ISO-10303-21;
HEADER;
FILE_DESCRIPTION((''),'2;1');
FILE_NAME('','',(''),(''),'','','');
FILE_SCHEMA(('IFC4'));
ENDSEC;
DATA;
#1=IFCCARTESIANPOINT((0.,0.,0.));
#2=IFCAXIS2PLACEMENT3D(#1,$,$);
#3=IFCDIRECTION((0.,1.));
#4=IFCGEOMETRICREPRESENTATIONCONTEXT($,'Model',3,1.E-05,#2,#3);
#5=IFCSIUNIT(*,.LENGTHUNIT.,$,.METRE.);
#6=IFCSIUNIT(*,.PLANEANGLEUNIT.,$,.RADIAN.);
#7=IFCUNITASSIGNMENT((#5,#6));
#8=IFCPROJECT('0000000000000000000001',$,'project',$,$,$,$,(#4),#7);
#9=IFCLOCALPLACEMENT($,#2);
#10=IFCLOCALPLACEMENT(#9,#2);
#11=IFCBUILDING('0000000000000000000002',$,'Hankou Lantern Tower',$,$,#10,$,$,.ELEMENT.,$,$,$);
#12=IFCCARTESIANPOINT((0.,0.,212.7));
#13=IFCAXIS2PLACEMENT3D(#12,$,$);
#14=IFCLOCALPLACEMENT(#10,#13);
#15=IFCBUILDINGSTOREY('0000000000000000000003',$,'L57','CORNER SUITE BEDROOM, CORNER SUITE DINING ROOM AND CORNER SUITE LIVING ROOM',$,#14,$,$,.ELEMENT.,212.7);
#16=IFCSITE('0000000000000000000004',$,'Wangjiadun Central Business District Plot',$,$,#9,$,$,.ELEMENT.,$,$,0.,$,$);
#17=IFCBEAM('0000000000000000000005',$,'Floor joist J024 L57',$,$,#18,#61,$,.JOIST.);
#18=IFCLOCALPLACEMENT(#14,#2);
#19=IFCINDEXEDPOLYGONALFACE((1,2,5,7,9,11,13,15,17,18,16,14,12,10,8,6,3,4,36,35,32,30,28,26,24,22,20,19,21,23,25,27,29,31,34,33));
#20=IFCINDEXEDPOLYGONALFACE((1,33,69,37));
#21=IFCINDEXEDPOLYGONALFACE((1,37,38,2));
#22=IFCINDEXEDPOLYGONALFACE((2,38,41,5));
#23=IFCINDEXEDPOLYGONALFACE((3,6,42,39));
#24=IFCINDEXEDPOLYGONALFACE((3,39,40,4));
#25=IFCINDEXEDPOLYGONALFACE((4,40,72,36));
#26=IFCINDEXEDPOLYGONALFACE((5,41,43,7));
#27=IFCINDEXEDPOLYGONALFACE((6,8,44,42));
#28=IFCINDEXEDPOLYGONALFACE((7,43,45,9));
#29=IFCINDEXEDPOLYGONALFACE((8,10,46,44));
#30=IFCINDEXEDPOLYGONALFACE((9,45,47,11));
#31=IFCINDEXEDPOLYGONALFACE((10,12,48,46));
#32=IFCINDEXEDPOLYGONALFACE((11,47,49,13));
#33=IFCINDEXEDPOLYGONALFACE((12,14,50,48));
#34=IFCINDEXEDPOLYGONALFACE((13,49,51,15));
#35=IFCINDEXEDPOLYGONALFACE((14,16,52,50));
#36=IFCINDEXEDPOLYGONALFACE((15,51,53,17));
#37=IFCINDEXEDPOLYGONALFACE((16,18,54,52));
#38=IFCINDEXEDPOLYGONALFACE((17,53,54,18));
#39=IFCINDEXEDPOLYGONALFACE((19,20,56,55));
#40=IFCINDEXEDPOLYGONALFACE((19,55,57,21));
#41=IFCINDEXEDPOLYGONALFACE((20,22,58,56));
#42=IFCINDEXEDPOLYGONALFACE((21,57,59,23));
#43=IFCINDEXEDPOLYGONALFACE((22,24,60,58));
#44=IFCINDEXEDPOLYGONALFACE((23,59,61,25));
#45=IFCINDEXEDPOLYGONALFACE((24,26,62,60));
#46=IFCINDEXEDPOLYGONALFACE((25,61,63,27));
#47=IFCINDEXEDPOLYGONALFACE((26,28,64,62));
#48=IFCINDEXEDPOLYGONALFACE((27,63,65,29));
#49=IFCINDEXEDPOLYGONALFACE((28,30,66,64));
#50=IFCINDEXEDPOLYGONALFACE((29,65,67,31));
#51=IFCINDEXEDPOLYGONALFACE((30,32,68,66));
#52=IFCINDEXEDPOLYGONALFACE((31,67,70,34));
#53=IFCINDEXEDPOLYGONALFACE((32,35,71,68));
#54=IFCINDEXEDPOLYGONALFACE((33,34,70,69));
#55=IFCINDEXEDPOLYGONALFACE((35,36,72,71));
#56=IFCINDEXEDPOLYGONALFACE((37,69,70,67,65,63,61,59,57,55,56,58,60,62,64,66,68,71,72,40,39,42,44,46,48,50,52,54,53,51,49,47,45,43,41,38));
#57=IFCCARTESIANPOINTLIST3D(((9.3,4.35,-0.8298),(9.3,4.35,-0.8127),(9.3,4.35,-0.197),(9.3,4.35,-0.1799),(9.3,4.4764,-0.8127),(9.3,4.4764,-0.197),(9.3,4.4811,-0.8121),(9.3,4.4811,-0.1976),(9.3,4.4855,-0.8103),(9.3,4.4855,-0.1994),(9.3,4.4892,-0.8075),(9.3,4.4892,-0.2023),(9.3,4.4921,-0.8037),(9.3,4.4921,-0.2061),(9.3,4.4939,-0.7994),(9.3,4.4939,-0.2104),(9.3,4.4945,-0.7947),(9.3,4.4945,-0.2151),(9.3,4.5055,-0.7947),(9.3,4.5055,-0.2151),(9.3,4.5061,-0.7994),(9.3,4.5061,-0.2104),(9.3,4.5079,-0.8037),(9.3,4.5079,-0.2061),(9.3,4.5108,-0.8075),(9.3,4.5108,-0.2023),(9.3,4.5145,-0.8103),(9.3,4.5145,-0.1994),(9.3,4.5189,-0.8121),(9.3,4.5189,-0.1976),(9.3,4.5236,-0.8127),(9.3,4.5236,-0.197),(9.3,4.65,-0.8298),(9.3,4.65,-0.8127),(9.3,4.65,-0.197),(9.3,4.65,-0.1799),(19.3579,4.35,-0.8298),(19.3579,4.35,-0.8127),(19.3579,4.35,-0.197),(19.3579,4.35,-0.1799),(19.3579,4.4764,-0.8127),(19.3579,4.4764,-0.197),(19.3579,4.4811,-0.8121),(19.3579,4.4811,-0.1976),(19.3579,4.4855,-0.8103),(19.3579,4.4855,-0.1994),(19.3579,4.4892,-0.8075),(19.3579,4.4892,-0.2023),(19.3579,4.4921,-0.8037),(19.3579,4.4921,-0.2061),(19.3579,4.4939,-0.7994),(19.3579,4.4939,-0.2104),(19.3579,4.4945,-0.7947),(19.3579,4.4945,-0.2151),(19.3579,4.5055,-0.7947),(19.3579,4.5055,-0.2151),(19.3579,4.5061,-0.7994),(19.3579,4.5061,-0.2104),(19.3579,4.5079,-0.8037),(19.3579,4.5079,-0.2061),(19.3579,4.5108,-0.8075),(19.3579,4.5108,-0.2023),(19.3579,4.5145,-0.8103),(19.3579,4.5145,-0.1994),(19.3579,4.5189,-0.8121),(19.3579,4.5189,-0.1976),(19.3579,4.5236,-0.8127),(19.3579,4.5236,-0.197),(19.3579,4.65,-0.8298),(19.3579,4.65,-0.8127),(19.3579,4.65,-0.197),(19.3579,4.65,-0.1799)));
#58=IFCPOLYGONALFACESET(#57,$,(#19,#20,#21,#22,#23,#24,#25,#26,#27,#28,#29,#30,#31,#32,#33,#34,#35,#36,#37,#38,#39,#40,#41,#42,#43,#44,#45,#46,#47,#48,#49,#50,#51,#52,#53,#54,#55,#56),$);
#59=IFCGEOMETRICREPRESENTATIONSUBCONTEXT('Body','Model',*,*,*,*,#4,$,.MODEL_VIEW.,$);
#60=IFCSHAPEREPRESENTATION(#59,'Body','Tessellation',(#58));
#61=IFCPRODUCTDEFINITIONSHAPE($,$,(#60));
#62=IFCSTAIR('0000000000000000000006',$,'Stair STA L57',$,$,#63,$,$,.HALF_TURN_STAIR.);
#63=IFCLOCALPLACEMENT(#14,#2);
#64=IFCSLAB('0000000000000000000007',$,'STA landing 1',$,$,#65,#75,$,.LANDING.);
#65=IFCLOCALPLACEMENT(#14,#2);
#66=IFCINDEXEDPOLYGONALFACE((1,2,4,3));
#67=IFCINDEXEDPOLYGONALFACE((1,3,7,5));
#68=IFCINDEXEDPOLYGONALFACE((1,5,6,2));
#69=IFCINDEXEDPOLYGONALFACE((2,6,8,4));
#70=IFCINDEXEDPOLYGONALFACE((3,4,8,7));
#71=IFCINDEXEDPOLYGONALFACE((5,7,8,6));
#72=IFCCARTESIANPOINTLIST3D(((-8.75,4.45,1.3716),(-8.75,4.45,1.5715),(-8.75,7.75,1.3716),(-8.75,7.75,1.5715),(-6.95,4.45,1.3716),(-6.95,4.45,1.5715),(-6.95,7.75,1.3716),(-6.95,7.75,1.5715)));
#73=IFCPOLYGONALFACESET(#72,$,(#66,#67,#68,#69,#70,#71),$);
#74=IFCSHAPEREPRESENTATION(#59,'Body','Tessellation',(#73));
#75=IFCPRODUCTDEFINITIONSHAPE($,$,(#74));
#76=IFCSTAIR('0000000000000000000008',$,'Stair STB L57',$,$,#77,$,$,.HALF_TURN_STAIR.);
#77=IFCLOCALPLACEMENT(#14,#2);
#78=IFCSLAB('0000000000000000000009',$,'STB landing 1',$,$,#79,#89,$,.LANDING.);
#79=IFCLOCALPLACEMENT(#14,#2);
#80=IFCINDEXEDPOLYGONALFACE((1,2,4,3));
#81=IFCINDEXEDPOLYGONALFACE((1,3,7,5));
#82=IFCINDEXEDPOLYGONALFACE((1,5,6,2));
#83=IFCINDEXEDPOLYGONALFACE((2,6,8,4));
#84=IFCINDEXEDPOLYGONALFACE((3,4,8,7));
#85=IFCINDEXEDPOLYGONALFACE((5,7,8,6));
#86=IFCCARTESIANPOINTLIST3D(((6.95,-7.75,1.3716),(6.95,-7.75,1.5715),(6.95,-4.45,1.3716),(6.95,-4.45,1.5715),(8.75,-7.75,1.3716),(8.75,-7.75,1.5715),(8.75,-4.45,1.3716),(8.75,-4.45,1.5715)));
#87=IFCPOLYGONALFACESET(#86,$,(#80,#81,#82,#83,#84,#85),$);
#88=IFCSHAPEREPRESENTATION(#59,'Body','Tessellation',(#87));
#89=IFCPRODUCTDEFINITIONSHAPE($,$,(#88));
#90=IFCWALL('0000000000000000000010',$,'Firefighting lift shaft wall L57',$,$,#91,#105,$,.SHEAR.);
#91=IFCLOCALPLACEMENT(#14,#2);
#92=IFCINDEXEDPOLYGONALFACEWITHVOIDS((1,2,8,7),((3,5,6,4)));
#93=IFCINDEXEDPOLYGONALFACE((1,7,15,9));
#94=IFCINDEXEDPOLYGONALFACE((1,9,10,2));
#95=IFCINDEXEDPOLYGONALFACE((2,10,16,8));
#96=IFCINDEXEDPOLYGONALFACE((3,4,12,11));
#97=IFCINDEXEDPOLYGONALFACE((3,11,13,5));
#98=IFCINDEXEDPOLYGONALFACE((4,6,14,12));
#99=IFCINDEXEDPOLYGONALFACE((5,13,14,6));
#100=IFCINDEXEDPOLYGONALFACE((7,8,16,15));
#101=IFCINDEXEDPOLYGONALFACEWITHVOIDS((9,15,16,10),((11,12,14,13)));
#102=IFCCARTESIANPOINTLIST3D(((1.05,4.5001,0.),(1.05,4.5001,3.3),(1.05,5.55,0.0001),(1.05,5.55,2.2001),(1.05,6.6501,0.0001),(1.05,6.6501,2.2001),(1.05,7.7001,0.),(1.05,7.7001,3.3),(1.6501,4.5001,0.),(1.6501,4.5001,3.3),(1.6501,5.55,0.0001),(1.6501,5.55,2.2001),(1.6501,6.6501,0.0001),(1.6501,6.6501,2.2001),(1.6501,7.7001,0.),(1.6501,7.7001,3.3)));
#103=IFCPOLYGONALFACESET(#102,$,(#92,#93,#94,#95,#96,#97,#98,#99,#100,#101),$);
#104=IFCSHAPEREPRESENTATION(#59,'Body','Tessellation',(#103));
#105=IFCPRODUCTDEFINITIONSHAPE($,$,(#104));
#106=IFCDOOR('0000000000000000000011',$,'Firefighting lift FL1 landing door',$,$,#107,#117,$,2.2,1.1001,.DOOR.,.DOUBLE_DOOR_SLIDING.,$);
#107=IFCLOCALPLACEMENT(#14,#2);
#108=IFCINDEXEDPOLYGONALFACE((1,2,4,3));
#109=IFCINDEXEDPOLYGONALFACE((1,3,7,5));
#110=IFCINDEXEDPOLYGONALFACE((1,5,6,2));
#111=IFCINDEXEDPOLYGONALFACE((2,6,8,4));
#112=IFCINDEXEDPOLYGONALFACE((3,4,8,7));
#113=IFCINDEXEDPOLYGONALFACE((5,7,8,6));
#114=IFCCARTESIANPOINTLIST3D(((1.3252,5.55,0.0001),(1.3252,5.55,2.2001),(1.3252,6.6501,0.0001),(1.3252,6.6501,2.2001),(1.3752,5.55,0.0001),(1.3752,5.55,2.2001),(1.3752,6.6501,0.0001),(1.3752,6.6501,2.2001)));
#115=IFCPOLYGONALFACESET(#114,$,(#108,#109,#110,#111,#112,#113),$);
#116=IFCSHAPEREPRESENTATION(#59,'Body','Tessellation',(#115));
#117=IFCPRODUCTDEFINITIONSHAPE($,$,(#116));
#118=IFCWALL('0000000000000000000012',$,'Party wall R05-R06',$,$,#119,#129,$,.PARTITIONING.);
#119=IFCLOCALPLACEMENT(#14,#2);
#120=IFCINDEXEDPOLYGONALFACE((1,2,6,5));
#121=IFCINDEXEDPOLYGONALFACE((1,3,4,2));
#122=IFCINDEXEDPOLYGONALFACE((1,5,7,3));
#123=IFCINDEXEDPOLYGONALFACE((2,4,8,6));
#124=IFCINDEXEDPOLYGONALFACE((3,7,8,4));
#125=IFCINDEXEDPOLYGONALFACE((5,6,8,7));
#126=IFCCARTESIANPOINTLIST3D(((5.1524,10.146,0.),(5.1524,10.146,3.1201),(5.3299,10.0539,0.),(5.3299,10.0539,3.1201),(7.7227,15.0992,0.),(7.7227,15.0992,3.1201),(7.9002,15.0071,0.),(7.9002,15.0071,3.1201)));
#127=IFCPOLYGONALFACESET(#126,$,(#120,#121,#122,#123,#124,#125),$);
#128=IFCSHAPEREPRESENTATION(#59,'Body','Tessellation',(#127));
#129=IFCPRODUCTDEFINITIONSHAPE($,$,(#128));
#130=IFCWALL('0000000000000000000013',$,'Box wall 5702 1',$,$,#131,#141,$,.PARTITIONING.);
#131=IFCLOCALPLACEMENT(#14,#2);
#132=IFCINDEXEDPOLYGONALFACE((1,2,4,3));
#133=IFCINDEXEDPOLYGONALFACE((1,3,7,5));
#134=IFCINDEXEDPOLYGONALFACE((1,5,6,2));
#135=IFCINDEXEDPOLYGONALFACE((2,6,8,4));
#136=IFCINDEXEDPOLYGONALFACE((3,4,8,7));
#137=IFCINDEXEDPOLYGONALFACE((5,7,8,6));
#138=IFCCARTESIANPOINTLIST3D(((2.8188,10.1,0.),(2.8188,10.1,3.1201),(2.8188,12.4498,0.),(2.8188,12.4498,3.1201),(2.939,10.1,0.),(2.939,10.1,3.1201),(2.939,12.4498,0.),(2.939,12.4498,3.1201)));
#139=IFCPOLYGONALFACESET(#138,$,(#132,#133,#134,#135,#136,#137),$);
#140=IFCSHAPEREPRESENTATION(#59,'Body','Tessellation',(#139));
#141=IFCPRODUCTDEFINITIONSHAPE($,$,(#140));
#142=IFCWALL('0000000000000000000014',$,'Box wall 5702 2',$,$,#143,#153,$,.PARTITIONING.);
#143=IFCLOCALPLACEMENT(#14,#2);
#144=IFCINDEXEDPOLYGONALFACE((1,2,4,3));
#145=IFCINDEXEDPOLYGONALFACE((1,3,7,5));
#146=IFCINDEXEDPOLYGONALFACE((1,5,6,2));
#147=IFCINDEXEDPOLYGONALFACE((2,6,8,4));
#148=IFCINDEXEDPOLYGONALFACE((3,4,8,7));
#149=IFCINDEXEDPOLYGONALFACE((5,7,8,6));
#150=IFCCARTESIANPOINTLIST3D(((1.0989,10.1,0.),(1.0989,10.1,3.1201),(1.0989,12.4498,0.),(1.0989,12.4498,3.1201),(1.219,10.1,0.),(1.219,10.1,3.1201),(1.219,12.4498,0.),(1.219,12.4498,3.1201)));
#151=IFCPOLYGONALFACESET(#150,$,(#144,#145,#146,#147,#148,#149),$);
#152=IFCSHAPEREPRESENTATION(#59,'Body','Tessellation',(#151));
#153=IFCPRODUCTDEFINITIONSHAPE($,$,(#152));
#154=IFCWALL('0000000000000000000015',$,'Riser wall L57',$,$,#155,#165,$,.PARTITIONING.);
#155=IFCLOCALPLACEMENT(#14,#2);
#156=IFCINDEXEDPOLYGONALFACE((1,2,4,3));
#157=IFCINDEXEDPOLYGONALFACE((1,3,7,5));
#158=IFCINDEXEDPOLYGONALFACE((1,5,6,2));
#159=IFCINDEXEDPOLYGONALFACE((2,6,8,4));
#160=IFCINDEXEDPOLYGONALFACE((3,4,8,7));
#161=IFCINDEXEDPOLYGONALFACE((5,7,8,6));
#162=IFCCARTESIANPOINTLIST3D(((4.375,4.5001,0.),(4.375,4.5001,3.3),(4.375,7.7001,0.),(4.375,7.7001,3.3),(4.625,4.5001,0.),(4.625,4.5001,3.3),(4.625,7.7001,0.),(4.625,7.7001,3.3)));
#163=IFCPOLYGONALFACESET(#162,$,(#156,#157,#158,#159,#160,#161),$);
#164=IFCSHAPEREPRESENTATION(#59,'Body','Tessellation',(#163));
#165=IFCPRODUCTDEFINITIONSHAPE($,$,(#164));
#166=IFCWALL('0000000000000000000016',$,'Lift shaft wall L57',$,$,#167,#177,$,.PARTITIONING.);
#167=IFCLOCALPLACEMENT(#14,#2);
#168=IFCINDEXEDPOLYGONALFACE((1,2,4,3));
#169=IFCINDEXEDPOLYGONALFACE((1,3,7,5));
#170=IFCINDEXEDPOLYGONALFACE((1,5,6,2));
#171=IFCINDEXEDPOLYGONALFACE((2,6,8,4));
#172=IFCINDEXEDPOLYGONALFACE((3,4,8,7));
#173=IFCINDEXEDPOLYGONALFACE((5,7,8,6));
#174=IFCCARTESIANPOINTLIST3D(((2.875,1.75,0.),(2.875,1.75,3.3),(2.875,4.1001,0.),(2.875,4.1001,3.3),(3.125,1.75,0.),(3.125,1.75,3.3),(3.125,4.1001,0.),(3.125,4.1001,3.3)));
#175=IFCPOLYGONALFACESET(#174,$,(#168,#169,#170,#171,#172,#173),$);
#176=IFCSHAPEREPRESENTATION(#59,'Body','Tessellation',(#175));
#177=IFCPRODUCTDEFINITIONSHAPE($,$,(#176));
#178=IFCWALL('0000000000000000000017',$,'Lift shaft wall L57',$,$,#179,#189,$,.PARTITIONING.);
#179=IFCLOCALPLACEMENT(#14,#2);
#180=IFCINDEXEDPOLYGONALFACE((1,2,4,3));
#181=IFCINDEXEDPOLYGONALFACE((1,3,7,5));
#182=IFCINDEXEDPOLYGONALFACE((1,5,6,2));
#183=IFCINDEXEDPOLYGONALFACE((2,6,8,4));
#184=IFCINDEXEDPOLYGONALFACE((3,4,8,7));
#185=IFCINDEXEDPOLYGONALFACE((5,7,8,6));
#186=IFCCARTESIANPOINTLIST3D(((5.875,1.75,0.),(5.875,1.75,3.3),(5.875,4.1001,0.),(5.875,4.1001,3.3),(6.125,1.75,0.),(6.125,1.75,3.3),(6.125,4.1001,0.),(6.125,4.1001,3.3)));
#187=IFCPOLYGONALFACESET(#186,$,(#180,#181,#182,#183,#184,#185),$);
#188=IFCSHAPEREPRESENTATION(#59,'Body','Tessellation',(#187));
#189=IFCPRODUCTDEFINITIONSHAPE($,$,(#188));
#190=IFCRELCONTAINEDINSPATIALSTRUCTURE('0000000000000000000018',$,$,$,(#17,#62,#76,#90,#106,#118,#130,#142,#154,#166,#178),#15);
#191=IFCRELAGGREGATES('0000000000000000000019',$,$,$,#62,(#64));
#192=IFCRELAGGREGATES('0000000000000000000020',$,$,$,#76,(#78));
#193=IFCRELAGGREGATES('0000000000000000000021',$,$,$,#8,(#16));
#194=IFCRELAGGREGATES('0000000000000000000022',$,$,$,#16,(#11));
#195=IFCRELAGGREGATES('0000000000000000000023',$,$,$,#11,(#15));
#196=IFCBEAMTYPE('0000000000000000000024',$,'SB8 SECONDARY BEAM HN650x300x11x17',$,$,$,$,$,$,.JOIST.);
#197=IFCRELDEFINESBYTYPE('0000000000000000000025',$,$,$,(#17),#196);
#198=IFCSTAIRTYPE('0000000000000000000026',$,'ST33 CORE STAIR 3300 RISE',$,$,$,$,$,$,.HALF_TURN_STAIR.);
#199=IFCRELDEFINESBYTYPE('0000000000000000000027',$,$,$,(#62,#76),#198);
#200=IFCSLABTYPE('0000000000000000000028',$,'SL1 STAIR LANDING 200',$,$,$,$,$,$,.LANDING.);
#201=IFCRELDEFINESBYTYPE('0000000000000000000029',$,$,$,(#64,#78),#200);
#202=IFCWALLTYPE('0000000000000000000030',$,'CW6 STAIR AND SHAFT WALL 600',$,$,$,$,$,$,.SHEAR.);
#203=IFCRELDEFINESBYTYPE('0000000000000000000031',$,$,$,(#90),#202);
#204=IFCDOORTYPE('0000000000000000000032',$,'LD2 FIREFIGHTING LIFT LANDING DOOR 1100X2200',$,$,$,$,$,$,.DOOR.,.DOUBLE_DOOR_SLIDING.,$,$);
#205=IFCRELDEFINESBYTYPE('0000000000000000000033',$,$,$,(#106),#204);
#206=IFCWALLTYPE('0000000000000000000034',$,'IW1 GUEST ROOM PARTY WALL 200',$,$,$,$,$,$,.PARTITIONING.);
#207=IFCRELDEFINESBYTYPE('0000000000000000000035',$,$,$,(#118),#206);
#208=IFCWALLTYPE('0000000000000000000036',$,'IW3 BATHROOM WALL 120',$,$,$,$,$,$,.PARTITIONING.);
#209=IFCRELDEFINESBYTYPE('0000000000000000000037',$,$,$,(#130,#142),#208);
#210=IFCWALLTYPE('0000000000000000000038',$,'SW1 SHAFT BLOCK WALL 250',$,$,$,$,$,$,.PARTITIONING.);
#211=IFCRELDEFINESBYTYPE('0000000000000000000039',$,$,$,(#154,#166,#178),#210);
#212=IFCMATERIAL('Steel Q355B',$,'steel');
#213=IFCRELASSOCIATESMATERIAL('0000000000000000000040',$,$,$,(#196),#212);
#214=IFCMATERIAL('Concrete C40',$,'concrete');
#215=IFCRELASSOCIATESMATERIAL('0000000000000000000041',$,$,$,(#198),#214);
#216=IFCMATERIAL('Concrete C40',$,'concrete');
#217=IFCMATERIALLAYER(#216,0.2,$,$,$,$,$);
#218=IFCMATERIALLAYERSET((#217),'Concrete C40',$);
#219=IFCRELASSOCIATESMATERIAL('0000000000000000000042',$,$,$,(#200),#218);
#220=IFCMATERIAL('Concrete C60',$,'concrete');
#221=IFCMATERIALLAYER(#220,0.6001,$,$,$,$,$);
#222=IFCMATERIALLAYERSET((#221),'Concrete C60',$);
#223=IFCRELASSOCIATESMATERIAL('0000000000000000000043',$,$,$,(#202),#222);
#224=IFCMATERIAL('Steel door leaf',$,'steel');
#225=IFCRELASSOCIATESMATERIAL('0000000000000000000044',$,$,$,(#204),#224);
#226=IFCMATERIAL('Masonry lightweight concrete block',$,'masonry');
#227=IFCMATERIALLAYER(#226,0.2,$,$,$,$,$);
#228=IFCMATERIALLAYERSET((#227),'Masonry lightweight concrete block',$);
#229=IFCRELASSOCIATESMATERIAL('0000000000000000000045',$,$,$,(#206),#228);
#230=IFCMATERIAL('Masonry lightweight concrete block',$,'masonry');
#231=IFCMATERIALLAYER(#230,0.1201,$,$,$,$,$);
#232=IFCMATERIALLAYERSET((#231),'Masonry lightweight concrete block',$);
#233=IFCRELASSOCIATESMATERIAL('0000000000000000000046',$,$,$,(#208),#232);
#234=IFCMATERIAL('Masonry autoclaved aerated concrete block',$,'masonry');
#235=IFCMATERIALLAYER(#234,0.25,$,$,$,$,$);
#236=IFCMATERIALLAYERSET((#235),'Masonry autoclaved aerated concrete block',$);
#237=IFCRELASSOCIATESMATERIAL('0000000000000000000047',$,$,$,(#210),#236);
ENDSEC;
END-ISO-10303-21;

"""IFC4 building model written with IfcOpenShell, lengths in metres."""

from ifc_helpers import new_model, si_unit, direction, frame, frame_2d, origin, origin_2d, place, context, subcontext, project, spatial, polyline, rectangle, i_section, outline, extrude, material, layer, layer_set, material_profile, profile_set, type_object, element, fill, aggregate, save


model = new_model("IFC4")

# Units and contexts
model_context = context("Model", 3, precision=1e-05, world=origin(), true_north=direction((0.0, 1.0)))
body_context = subcontext(model_context, "Body", "Model", "MODEL_VIEW")
ifc_project = project(units=[si_unit("LENGTHUNIT", "METRE"), si_unit("PLANEANGLEUNIT", "RADIAN")], contexts=[model_context])

# Site, building, storey
site_placement = place(None, origin())
site = spatial("IfcSite", under=ifc_project, at=site_placement, Name="Wangjiadun Central Business District Plot", CompositionType="ELEMENT", RefElevation=0.0)
building_placement = place(site_placement, origin())
building = spatial("IfcBuilding", under=site, at=building_placement, Name="Hankou Lantern Tower", CompositionType="ELEMENT")
storey_placement = place(building_placement, frame((0.0, 0.0, 212.7)))
storey = spatial("IfcBuildingStorey", under=building, at=storey_placement, Name="L57", Description="CORNER SUITE BEDROOM, CORNER SUITE DINING ROOM AND CORNER SUITE LIVING ROOM", CompositionType="ELEMENT", Elevation=212.7)

# Beam
ifc_material_1 = material(Name="Steel Q355B", Category="steel")
ifc_material_profile_1 = material_profile(ifc_material_1, i_section(OverallWidth=0.3, OverallDepth=0.6499, WebThickness=0.011, FlangeThickness=0.0171, FilletRadius=0.0181, at=origin_2d()), Name="HN650x300x11x17")
ifc_profile_set_1 = profile_set([ifc_material_profile_1], Name="Steel Q355B")
beam_type_1 = type_object("IfcBeamType", Name="SB8 SECONDARY BEAM HN650x300x11x17", PredefinedType="JOIST", material=ifc_profile_set_1)
beam_1_placement = place(storey_placement, frame((9.3, 4.5, -0.5049), z_axis=(1.0, 0.0, 0.0), x_axis=(0.0, 1.0, 0.0)))
element("IfcBeam", 1, at=beam_1_placement, inside=storey, type_object=beam_type_1, Name="Floor joist J024 L57", PredefinedType="JOIST", context=body_context, shape_type="SweptSolid", body=[
    extrude(i_section(OverallWidth=0.3, OverallDepth=0.6499, WebThickness=0.011, FlangeThickness=0.0171, FilletRadius=0.0181, at=origin_2d()), origin(), (0.0, 0.0, 1.0), 10.0579),
])

# Stairs, slabs
ifc_material_2 = material(Name="Concrete C40", Category="concrete")
stair_type = type_object("IfcStairType", Name="ST33 CORE STAIR 3300 RISE", PredefinedType="HALF_TURN_STAIR", material=ifc_material_2)
stair_1_placement = place(storey_placement, origin())
stair_1 = element("IfcStair", 2, at=stair_1_placement, inside=storey, type_object=stair_type, Name="Stair STA L57", PredefinedType="HALF_TURN_STAIR")
ifc_material_3 = material(Name="Concrete C40", Category="concrete")
ifc_layer_1 = layer(ifc_material_3, 0.2)
ifc_layer_set_1 = layer_set([ifc_layer_1], Name="Concrete C40")
slab_type = type_object("IfcSlabType", Name="SL1 STAIR LANDING 200", PredefinedType="LANDING", material=ifc_layer_set_1)
slab_1_placement = place(storey_placement, frame((0.0, 0.0, 1.3716)))
slab_1 = element("IfcSlab", 3, at=slab_1_placement, type_object=slab_type, Name="STA landing 1", PredefinedType="LANDING", context=body_context, shape_type="SweptSolid", body=[
    extrude(outline(polyline([(-8.75, 4.45), (-6.95, 4.45), (-6.95, 7.75), (-8.75, 7.75), (-8.75, 4.45)])), origin(), (0.0, 0.0, 1.0), 0.2),
])
aggregate(stair_1, [slab_1])
stair_2_placement = place(storey_placement, origin())
stair_2 = element("IfcStair", 4, at=stair_2_placement, inside=storey, type_object=stair_type, Name="Stair STB L57", PredefinedType="HALF_TURN_STAIR")
slab_2_placement = place(storey_placement, frame((0.0, 0.0, 1.3716)))
slab_2 = element("IfcSlab", 5, at=slab_2_placement, type_object=slab_type, Name="STB landing 1", PredefinedType="LANDING", context=body_context, shape_type="SweptSolid", body=[
    extrude(outline(polyline([(8.75, -4.45), (6.95, -4.45), (6.95, -7.75), (8.75, -7.75), (8.75, -4.45)])), origin(), (0.0, 0.0, 1.0), 0.2),
])
aggregate(stair_2, [slab_2])

# Wall, opening, door
ifc_material_4 = material(Name="Concrete C60", Category="concrete")
ifc_layer_2 = layer(ifc_material_4, 0.6001)
ifc_layer_set_2 = layer_set([ifc_layer_2], Name="Concrete C60")
wall_type_1 = type_object("IfcWallType", Name="CW6 STAIR AND SHAFT WALL 600", PredefinedType="SHEAR", material=ifc_layer_set_2)
wall_1_placement = place(storey_placement, frame((1.3501, 4.5, 0.0), z_axis=(0.0, 0.0, 1.0), x_axis=(0.0, 1.0, 0.0)))
wall_1 = element("IfcWall", 6, at=wall_1_placement, inside=storey, type_object=wall_type_1, Name="Firefighting lift shaft wall L57", PredefinedType="SHEAR", context=body_context, shape_type="SweptSolid", body=[
    extrude(rectangle(XDim=3.2, YDim=0.6001, at=frame_2d((1.6001, 0.0))), origin(), (0.0, 0.0, 1.0), 3.3),
])
opening_placement = place(wall_1_placement, frame((1.05, 0.0, 0.0)))
opening = element("IfcOpeningElement", 7, at=opening_placement, cuts=wall_1, PredefinedType="OPENING", context=body_context, shape_type="SweptSolid", body=[
    extrude(rectangle(XDim=1.1001, YDim=2.2, at=frame_2d((0.55, 1.1001))), frame((0.0, 0.3101, 0.0), z_axis=(0.0, -1.0, 0.0), x_axis=(1.0, 0.0, 0.0)), (0.0, 0.0, 1.0), 0.6201),
])
ifc_material_5 = material(Name="Steel door leaf", Category="steel")
door_type = type_object("IfcDoorType", Name="LD2 FIREFIGHTING LIFT LANDING DOOR 1100X2200", OperationType="DOUBLE_DOOR_SLIDING", PredefinedType="DOOR", material=ifc_material_5)
door_placement = place(opening_placement, origin())
door = element("IfcDoor", 8, at=door_placement, inside=storey, type_object=door_type, Name="Firefighting lift FL1 landing door", OperationType="DOUBLE_DOOR_SLIDING", OverallHeight=2.2, OverallWidth=1.1001, PredefinedType="DOOR", context=body_context, shape_type="SweptSolid", body=[
    extrude(rectangle(XDim=1.1001, YDim=2.2, at=frame_2d((0.55, 1.1001))), frame((0.0, 0.0249, 0.0), z_axis=(0.0, -1.0, 0.0), x_axis=(1.0, 0.0, 0.0)), (0.0, 0.0, 1.0), 0.05),
])
fill(opening, door)

# Walls
ifc_material_6 = material(Name="Masonry lightweight concrete block", Category="masonry")
ifc_layer_3 = layer(ifc_material_6, 0.2)
ifc_layer_set_3 = layer_set([ifc_layer_3], Name="Masonry lightweight concrete block")
wall_type_2 = type_object("IfcWallType", Name="IW1 GUEST ROOM PARTY WALL 200", PredefinedType="PARTITIONING", material=ifc_layer_set_3)
wall_2_placement = place(storey_placement, frame((5.2412, 10.1001, 0.0), z_axis=(0.0, 0.0, 1.0), x_axis=(0.460603, 0.887606, 0.0)))
element("IfcWall", 9, at=wall_2_placement, inside=storey, type_object=wall_type_2, Name="Party wall R05-R06", PredefinedType="PARTITIONING", context=body_context, shape_type="SweptSolid", body=[
    extrude(rectangle(XDim=5.5803, YDim=0.2, at=frame_2d((2.79, 0.0))), origin(), (0.0, 0.0, 1.0), 3.1201),
])
ifc_material_7 = material(Name="Masonry lightweight concrete block", Category="masonry")
ifc_layer_4 = layer(ifc_material_7, 0.1201)
ifc_layer_set_4 = layer_set([ifc_layer_4], Name="Masonry lightweight concrete block")
wall_type_3 = type_object("IfcWallType", Name="IW3 BATHROOM WALL 120", PredefinedType="PARTITIONING", material=ifc_layer_set_4)
for number, where, z_axis, x_axis, name in (
    (10, (2.8789, 10.1001, 0.0), (0.0, 0.0, 1.0), (0.0, 1.0, 0.0), "Box wall 5702 1"),
    (11, (1.1589, 10.1001, 0.0), (0.0, 0.0, 1.0), (0.0, 1.0, 0.0), "Box wall 5702 2"),
):
    element("IfcWall", number, at=place(storey_placement, frame(where, z_axis=z_axis, x_axis=x_axis)), inside=storey, type_object=wall_type_3, Name=name, PredefinedType="PARTITIONING", context=body_context, shape_type="SweptSolid", body=[
        extrude(rectangle(XDim=2.3499, YDim=0.1201, at=frame_2d((1.1748, 0.0))), origin(), (0.0, 0.0, 1.0), 3.1201),
    ])
ifc_material_8 = material(Name="Masonry autoclaved aerated concrete block", Category="masonry")
ifc_layer_5 = layer(ifc_material_8, 0.25)
ifc_layer_set_5 = layer_set([ifc_layer_5], Name="Masonry autoclaved aerated concrete block")
wall_type_4 = type_object("IfcWallType", Name="SW1 SHAFT BLOCK WALL 250", PredefinedType="PARTITIONING", material=ifc_layer_set_5)
wall_3_placement = place(storey_placement, frame((4.5, 4.5, 0.0), z_axis=(0.0, 0.0, 1.0), x_axis=(0.0, 1.0, 0.0)))
element("IfcWall", 12, at=wall_3_placement, inside=storey, type_object=wall_type_4, Name="Riser wall L57", PredefinedType="PARTITIONING", context=body_context, shape_type="SweptSolid", body=[
    extrude(rectangle(XDim=3.2, YDim=0.25, at=frame_2d((1.6001, 0.0))), origin(), (0.0, 0.0, 1.0), 3.3),
])
for number, where, z_axis, x_axis, name in (
    (13, (3.0, 1.75, 0.0), (0.0, 0.0, 1.0), (0.0, 1.0, 0.0), "Lift shaft wall L57"),
    (14, (6.0, 1.75, 0.0), (0.0, 0.0, 1.0), (0.0, 1.0, 0.0), "Lift shaft wall L57"),
):
    element("IfcWall", number, at=place(storey_placement, frame(where, z_axis=z_axis, x_axis=x_axis)), inside=storey, type_object=wall_type_4, Name=name, PredefinedType="PARTITIONING", context=body_context, shape_type="SweptSolid", body=[
        extrude(rectangle(XDim=2.3501, YDim=0.25, at=frame_2d((1.175, 0.0))), origin(), (0.0, 0.0, 1.0), 3.3),
    ])

save(model, "model.ifc")
